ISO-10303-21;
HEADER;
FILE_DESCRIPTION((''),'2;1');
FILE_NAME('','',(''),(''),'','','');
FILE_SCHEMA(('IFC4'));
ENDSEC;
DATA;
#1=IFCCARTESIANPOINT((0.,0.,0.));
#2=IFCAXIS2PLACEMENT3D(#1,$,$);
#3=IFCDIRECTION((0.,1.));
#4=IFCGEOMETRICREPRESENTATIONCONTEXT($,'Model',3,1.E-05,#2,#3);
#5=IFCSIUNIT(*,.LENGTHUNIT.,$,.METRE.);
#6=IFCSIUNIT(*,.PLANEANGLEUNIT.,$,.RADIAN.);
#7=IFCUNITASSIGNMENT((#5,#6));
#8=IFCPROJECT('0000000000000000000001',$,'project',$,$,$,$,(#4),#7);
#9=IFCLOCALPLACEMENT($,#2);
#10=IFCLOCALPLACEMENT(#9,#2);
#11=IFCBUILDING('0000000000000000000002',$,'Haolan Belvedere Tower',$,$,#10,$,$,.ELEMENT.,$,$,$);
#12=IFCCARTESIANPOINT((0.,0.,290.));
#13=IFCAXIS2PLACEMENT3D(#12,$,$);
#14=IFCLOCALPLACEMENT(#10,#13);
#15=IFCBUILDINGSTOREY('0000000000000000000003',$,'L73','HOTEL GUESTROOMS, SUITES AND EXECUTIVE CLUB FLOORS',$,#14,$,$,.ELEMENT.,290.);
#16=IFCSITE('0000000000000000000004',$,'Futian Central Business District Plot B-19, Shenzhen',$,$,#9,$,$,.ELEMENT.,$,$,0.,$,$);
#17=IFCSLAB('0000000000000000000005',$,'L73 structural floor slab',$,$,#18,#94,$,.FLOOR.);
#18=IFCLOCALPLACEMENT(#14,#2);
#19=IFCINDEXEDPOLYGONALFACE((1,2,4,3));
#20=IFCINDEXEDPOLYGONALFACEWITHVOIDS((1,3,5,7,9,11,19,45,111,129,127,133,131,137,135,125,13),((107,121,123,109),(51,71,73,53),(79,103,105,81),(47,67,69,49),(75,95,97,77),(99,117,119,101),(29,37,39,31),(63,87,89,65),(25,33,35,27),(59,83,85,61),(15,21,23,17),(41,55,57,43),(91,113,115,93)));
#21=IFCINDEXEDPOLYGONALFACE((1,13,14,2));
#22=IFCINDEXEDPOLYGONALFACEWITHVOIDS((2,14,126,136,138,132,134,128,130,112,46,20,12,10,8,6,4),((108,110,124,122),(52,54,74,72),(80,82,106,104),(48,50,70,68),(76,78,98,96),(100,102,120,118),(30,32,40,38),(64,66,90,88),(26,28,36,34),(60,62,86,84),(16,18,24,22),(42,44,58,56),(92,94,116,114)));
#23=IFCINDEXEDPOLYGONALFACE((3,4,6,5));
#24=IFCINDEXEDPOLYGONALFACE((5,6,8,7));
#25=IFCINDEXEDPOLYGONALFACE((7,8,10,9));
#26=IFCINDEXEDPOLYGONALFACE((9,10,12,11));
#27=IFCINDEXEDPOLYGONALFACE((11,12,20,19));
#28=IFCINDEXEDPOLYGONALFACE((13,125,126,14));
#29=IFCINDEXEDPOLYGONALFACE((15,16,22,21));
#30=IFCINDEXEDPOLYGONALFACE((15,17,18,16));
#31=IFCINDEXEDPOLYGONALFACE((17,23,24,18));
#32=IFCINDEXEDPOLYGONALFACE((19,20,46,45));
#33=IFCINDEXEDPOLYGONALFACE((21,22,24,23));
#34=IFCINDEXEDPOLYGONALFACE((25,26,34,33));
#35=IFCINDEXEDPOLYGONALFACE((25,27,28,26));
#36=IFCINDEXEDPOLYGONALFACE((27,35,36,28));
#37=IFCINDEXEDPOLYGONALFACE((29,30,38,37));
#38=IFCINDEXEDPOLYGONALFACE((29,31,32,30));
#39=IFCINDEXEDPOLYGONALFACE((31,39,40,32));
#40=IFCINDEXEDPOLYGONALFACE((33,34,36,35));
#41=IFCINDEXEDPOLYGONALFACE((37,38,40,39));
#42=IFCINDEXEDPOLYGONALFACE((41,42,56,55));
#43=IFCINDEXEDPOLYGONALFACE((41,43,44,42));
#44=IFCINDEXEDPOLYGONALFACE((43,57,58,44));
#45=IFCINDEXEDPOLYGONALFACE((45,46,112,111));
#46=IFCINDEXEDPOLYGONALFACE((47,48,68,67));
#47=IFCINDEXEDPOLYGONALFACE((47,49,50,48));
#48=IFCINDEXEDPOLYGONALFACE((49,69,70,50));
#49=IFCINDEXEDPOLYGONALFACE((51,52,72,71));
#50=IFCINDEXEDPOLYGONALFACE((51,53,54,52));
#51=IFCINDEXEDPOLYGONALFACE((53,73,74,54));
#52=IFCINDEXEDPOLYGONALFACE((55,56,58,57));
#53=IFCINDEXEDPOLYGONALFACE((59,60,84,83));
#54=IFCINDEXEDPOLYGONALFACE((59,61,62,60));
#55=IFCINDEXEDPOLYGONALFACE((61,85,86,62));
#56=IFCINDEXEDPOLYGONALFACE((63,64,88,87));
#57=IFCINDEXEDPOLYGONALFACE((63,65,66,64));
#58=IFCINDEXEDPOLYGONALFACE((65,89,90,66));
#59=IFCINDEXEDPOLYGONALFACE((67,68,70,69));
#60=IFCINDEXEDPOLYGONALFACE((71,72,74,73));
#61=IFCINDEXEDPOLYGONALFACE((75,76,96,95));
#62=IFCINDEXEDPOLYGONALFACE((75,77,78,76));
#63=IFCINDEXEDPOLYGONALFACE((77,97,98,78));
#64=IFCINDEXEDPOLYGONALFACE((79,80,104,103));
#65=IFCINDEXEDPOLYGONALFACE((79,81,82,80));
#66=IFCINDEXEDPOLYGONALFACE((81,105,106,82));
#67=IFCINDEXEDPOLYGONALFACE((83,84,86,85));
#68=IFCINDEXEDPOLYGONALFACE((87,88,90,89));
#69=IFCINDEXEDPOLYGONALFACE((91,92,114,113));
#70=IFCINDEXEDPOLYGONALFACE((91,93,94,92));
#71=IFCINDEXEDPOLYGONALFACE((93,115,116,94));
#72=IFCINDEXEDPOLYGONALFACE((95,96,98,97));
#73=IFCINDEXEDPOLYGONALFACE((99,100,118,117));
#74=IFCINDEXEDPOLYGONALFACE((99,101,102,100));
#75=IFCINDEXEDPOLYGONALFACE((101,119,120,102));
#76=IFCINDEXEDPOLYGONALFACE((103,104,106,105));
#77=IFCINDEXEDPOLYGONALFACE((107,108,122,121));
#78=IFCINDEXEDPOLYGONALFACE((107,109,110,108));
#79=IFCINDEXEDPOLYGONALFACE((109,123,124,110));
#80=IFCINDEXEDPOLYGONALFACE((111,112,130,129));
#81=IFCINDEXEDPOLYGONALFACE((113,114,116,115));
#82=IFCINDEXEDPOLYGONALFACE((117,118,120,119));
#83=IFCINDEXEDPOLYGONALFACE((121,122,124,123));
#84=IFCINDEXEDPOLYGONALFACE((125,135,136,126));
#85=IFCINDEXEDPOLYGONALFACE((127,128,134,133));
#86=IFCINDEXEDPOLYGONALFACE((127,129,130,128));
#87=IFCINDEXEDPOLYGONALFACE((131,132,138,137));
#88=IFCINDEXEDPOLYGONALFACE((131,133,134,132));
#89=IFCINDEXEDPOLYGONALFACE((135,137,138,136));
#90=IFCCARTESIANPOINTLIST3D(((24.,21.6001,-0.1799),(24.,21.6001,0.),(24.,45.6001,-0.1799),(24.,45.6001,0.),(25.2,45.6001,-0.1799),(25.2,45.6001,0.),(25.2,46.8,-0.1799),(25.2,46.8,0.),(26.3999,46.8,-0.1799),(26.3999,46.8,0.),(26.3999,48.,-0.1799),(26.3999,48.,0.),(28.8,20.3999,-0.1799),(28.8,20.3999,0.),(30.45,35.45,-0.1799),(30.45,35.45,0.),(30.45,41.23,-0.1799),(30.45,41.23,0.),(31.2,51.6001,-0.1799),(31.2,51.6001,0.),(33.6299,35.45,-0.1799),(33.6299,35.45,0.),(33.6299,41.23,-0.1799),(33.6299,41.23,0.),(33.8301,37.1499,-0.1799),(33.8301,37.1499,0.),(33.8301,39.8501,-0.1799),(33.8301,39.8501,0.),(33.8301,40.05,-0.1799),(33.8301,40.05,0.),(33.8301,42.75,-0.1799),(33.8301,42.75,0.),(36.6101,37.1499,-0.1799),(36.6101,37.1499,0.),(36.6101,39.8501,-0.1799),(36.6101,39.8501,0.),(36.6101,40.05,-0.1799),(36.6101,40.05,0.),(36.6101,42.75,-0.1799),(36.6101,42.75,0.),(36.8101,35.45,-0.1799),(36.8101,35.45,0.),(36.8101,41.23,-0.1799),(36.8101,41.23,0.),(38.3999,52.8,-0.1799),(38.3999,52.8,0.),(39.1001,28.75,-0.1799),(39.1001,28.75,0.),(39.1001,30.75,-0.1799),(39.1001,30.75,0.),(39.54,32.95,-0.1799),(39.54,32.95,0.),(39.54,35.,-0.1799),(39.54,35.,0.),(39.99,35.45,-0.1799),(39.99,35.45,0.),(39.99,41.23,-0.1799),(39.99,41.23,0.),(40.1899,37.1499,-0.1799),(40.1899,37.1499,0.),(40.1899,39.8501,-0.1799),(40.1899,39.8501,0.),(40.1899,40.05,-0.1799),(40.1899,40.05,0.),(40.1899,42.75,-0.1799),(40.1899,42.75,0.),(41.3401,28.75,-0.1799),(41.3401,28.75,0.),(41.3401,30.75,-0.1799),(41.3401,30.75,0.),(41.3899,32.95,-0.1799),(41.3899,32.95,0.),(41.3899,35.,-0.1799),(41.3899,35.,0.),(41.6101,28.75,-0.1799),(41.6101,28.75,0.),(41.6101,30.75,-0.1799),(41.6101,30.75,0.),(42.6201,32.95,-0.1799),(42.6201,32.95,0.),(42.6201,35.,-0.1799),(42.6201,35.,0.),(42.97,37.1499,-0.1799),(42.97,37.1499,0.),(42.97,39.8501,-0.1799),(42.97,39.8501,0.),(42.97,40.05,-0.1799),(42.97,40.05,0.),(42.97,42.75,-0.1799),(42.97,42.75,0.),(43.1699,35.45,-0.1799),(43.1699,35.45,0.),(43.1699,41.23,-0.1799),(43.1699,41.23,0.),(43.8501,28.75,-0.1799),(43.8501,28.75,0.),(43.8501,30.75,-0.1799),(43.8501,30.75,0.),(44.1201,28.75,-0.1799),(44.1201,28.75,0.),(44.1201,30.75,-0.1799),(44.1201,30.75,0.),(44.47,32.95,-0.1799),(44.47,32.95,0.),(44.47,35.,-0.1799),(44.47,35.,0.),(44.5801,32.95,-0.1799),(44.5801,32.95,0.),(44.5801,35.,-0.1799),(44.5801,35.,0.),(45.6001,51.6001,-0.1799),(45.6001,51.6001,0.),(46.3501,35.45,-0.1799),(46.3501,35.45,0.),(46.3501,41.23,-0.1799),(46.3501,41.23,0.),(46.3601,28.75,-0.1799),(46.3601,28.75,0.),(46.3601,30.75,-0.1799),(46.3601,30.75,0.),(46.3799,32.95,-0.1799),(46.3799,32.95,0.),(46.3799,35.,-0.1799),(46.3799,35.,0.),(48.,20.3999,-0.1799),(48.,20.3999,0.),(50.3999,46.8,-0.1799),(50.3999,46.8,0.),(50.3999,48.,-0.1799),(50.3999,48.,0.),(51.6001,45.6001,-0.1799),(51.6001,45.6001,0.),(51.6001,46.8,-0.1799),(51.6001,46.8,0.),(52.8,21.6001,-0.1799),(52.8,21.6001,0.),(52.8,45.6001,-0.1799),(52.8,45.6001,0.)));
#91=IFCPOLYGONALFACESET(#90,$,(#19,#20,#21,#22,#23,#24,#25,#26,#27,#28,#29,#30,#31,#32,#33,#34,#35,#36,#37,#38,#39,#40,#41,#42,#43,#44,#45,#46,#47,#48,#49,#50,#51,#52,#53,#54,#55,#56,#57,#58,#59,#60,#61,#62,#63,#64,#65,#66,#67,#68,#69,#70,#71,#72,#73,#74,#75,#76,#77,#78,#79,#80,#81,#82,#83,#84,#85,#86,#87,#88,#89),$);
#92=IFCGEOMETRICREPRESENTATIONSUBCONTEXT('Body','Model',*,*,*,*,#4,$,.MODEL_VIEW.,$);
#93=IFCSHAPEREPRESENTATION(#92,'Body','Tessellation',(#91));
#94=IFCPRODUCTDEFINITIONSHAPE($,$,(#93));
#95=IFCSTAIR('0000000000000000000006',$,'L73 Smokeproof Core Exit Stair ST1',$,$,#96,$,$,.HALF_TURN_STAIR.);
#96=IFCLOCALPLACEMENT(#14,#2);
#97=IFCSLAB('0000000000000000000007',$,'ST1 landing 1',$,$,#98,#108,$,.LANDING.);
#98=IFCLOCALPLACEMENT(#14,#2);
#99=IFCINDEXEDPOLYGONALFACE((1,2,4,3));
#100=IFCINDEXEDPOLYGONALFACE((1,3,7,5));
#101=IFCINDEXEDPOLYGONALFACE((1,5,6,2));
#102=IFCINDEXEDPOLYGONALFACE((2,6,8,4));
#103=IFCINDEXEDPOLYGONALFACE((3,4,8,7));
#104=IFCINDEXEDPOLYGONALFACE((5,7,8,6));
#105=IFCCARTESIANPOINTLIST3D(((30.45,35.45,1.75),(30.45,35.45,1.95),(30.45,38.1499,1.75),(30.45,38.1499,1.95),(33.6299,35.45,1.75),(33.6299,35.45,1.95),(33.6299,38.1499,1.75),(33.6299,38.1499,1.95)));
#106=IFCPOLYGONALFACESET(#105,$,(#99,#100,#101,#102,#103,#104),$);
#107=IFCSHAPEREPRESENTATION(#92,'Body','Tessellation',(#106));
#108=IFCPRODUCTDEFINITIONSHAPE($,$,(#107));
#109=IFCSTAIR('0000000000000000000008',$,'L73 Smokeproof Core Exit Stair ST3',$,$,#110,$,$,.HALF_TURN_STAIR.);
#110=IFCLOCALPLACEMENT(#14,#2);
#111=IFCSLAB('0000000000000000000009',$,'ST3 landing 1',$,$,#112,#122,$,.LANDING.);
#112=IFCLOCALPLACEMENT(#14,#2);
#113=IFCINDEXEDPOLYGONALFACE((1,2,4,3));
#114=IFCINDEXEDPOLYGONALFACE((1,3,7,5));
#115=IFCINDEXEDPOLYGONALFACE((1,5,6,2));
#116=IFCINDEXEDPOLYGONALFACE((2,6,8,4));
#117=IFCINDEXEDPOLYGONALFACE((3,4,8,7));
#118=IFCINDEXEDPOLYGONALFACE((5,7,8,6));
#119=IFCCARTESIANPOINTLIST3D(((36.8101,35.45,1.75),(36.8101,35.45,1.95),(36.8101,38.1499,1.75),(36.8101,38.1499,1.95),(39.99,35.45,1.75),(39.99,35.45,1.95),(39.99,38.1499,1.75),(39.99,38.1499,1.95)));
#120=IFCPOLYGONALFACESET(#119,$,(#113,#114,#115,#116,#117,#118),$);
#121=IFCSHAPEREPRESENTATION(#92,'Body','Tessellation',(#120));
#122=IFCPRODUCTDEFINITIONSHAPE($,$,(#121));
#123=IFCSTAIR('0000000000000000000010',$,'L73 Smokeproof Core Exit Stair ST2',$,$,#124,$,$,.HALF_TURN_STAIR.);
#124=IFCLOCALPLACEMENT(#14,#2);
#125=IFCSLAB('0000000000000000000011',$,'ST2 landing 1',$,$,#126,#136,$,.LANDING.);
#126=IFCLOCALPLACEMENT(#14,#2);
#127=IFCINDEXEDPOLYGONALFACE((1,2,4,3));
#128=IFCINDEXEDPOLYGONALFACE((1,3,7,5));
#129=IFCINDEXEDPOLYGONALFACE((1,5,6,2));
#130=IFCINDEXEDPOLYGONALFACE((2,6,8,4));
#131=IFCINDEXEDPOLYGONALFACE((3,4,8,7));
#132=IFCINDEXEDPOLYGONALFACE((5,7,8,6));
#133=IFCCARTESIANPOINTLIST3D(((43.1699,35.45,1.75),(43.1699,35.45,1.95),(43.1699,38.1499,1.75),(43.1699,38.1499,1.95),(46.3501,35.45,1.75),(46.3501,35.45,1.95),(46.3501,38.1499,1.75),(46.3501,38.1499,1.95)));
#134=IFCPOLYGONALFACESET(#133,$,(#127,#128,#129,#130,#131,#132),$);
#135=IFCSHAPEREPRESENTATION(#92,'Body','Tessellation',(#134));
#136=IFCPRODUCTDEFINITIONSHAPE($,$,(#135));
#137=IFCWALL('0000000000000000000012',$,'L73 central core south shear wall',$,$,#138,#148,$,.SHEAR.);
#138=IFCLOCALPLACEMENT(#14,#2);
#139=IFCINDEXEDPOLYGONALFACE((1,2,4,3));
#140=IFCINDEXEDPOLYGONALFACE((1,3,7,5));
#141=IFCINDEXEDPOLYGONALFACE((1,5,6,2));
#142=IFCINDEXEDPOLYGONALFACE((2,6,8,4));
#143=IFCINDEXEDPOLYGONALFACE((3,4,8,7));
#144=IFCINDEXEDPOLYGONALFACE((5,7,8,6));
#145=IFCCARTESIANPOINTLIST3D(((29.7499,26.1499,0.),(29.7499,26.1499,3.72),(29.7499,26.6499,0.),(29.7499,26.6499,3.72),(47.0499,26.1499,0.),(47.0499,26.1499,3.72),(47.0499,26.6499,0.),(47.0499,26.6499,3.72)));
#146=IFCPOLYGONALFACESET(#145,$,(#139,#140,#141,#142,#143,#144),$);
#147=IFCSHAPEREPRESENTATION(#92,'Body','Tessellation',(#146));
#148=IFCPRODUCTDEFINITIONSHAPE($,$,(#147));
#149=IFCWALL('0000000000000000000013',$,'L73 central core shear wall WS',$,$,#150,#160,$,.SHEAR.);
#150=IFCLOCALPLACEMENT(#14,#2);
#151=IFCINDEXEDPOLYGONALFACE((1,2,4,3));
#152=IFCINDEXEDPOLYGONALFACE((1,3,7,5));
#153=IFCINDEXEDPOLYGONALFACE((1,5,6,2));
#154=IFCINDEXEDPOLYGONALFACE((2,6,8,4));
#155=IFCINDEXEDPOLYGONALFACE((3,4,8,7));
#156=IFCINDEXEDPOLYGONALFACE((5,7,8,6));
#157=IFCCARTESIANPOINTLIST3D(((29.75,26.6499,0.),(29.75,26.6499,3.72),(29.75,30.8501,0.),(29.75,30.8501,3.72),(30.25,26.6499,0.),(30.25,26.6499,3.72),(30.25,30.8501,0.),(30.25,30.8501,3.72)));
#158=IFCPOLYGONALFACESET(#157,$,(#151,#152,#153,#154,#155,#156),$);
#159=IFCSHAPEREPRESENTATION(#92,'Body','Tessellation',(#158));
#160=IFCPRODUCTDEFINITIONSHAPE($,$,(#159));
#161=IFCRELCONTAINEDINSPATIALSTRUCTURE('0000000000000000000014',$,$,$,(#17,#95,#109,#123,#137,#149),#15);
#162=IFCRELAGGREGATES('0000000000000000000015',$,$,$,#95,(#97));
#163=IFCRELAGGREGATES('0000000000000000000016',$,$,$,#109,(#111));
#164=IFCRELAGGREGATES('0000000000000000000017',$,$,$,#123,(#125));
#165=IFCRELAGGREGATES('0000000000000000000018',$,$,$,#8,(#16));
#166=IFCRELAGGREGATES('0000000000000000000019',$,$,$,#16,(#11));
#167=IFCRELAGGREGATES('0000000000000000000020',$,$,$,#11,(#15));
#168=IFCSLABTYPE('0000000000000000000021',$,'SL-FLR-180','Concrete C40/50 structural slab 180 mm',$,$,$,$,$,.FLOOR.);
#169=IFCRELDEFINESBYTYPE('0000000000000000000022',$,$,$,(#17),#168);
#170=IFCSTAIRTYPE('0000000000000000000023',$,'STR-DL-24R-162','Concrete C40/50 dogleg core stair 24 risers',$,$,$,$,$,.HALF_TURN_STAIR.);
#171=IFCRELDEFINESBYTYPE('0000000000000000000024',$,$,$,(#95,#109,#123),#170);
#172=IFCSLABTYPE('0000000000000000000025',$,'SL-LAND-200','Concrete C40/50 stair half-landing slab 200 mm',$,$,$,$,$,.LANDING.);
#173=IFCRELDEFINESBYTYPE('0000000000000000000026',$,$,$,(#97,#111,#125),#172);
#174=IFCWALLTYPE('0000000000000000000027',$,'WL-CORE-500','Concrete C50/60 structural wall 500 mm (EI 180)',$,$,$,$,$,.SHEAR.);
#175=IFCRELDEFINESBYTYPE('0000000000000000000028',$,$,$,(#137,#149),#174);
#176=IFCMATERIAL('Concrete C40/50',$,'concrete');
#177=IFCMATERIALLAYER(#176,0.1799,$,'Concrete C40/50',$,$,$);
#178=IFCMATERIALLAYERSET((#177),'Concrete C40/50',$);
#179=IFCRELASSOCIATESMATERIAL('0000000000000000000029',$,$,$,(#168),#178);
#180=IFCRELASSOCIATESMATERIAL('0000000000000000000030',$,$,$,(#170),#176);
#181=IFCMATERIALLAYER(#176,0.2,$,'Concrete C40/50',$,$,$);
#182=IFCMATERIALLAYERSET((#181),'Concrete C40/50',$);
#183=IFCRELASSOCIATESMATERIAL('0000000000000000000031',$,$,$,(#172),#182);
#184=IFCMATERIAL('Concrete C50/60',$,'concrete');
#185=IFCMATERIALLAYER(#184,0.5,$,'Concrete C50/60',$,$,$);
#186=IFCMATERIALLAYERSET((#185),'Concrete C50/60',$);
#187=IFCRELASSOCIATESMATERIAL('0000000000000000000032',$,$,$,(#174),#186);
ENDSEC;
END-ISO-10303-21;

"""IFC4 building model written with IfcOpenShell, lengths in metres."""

from ifc_helpers import new_model, si_unit, direction, frame, frame_2d, origin, place, context, subcontext, project, spatial, polyline, rectangle, outline, extrude, material, layer, layer_set, type_object, element, aggregate, save


model = new_model("IFC4")

# Units and contexts
model_context = context("Model", 3, precision=1e-05, world=origin(), true_north=direction((0.0, 1.0)))
body_context = subcontext(model_context, "Body", "Model", "MODEL_VIEW")
ifc_project = project(units=[si_unit("LENGTHUNIT", "METRE"), si_unit("PLANEANGLEUNIT", "RADIAN")], contexts=[model_context])

# Site, building, storey
site_placement = place(None, origin())
site = spatial("IfcSite", under=ifc_project, at=site_placement, Name="Futian Central Business District Plot B-19, Shenzhen", CompositionType="ELEMENT", RefElevation=0.0)
building_placement = place(site_placement, origin())
building = spatial("IfcBuilding", under=site, at=building_placement, Name="Haolan Belvedere Tower", CompositionType="ELEMENT")
storey_placement = place(building_placement, frame((0.0, 0.0, 290.0)))
storey = spatial("IfcBuildingStorey", under=building, at=storey_placement, Name="L73", Description="HOTEL GUESTROOMS, SUITES AND EXECUTIVE CLUB FLOORS", CompositionType="ELEMENT", Elevation=290.0)

# Slab
ifc_material_1 = material(Name="Concrete C40/50", Category="concrete")
ifc_layer_1 = layer(ifc_material_1, 0.1799, Name="Concrete C40/50")
ifc_layer_set_1 = layer_set([ifc_layer_1], Name="Concrete C40/50")
slab_type_1 = type_object("IfcSlabType", Name="SL-FLR-180", Description="Concrete C40/50 structural slab 180 mm", PredefinedType="FLOOR", material=ifc_layer_set_1)
slab_1_placement = place(storey_placement, frame((0.0, 0.0, -0.1799)))
element("IfcSlab", 1, at=slab_1_placement, inside=storey, type_object=slab_type_1, Name="L73 structural floor slab", PredefinedType="FLOOR", context=body_context, shape_type="SweptSolid", body=[
    extrude(outline(polyline([(24.0, 21.6001), (28.8, 20.3999), (48.0, 20.3999), (52.8, 21.6001), (52.8, 45.6001), (52.8, 45.6001), (51.6001, 45.6001), (51.6001, 46.8), (50.3999, 46.8), (50.3999, 48.0), (45.6001, 51.6001), (38.3999, 52.8), (31.2, 51.6001), (26.3999, 48.0), (26.3999, 46.8), (25.2, 46.8), (25.2, 45.6001), (24.0, 45.6001), (24.0, 45.6001), (24.0, 21.6001)]), holes=[polyline([(30.45, 41.23), (30.45, 35.45), (33.6299, 35.45), (33.6299, 41.23), (30.45, 41.23)]), polyline([(36.8101, 41.23), (36.8101, 35.45), (39.99, 35.45), (39.99, 41.23), (36.8101, 41.23)]), polyline([(43.1699, 41.23), (43.1699, 35.45), (46.3501, 35.45), (46.3501, 41.23), (43.1699, 41.23)]), polyline([(33.8301, 40.05), (36.6101, 40.05), (36.6101, 42.75), (33.8301, 42.75), (33.8301, 40.05)]), polyline([(33.8301, 37.1499), (36.6101, 37.1499), (36.6101, 39.8501), (33.8301, 39.8501), (33.8301, 37.1499)]), polyline([(40.1899, 40.05), (42.97, 40.05), (42.97, 42.75), (40.1899, 42.75), (40.1899, 40.05)]), polyline([(40.1899, 37.1499), (42.97, 37.1499), (42.97, 39.8501), (40.1899, 39.8501), (40.1899, 37.1499)]), polyline([(39.54, 32.95), (41.3899, 32.95), (41.3899, 35.0), (39.54, 35.0), (39.54, 32.95)]), polyline([(42.6201, 32.95), (44.47, 32.95), (44.47, 35.0), (42.6201, 35.0), (42.6201, 32.95)]), polyline([(44.5801, 32.95), (46.3799, 32.95), (46.3799, 35.0), (44.5801, 35.0), (44.5801, 32.95)]), polyline([(39.1001, 28.75), (41.3401, 28.75), (41.3401, 30.75), (39.1001, 30.75), (39.1001, 28.75)]), polyline([(41.6101, 28.75), (43.8501, 28.75), (43.8501, 30.75), (41.6101, 30.75), (41.6101, 28.75)]), polyline([(44.1201, 28.75), (46.3601, 28.75), (46.3601, 30.75), (44.1201, 30.75), (44.1201, 28.75)])]), origin(), (0.0, 0.0, 1.0), 0.1799),
])

# Stairs, slabs
stair_type = type_object("IfcStairType", Name="STR-DL-24R-162", Description="Concrete C40/50 dogleg core stair 24 risers", PredefinedType="HALF_TURN_STAIR", material=ifc_material_1)
stair_1_placement = place(storey_placement, origin())
stair_1 = element("IfcStair", 2, at=stair_1_placement, inside=storey, type_object=stair_type, Name="L73 Smokeproof Core Exit Stair ST1", PredefinedType="HALF_TURN_STAIR")
ifc_layer_2 = layer(ifc_material_1, 0.2, Name="Concrete C40/50")
ifc_layer_set_2 = layer_set([ifc_layer_2], Name="Concrete C40/50")
slab_type_2 = type_object("IfcSlabType", Name="SL-LAND-200", Description="Concrete C40/50 stair half-landing slab 200 mm", PredefinedType="LANDING", material=ifc_layer_set_2)
slab_2_placement = place(storey_placement, frame((0.0, 0.0, 1.75)))
slab_2 = element("IfcSlab", 3, at=slab_2_placement, type_object=slab_type_2, Name="ST1 landing 1", PredefinedType="LANDING", context=body_context, shape_type="SweptSolid", body=[
    extrude(outline(polyline([(30.45, 38.1499), (30.45, 35.45), (33.6299, 35.45), (33.6299, 38.1499), (30.45, 38.1499)])), origin(), (0.0, 0.0, 1.0), 0.2),
])
aggregate(stair_1, [slab_2])
stair_2_placement = place(storey_placement, origin())
stair_2 = element("IfcStair", 4, at=stair_2_placement, inside=storey, type_object=stair_type, Name="L73 Smokeproof Core Exit Stair ST3", PredefinedType="HALF_TURN_STAIR")
slab_3_placement = place(storey_placement, frame((0.0, 0.0, 1.75)))
slab_3 = element("IfcSlab", 5, at=slab_3_placement, type_object=slab_type_2, Name="ST3 landing 1", PredefinedType="LANDING", context=body_context, shape_type="SweptSolid", body=[
    extrude(outline(polyline([(36.8101, 38.1499), (36.8101, 35.45), (39.99, 35.45), (39.99, 38.1499), (36.8101, 38.1499)])), origin(), (0.0, 0.0, 1.0), 0.2),
])
aggregate(stair_2, [slab_3])
stair_3_placement = place(storey_placement, origin())
stair_3 = element("IfcStair", 6, at=stair_3_placement, inside=storey, type_object=stair_type, Name="L73 Smokeproof Core Exit Stair ST2", PredefinedType="HALF_TURN_STAIR")
slab_4_placement = place(storey_placement, frame((0.0, 0.0, 1.75)))
slab_4 = element("IfcSlab", 7, at=slab_4_placement, type_object=slab_type_2, Name="ST2 landing 1", PredefinedType="LANDING", context=body_context, shape_type="SweptSolid", body=[
    extrude(outline(polyline([(43.1699, 38.1499), (43.1699, 35.45), (46.3501, 35.45), (46.3501, 38.1499), (43.1699, 38.1499)])), origin(), (0.0, 0.0, 1.0), 0.2),
])
aggregate(stair_3, [slab_4])

# Walls
ifc_material_2 = material(Name="Concrete C50/60", Category="concrete")
ifc_layer_3 = layer(ifc_material_2, 0.5, Name="Concrete C50/60")
ifc_layer_set_3 = layer_set([ifc_layer_3], Name="Concrete C50/60")
wall_type_1 = type_object("IfcWallType", Name="WL-CORE-500", Description="Concrete C50/60 structural wall 500 mm (EI 180)", PredefinedType="SHEAR", material=ifc_layer_set_3)
wall_1_placement = place(storey_placement, frame((29.75, 26.3999, 0.0), z_axis=(0.0, 0.0, 1.0), x_axis=(1.0, 0.0, 0.0)))
element("IfcWall", 8, at=wall_1_placement, inside=storey, type_object=wall_type_1, Name="L73 central core south shear wall", PredefinedType="SHEAR", context=body_context, shape_type="SweptSolid", body=[
    extrude(rectangle(XDim=17.3, YDim=0.5, at=frame_2d((8.6499, 0.0))), origin(), (0.0, 0.0, 1.0), 3.72),
])
wall_2_placement = place(storey_placement, frame((30.0, 26.6499, 0.0), z_axis=(0.0, 0.0, 1.0), x_axis=(0.0, 1.0, 0.0)))
element("IfcWall", 9, at=wall_2_placement, inside=storey, type_object=wall_type_1, Name="L73 central core shear wall WS", PredefinedType="SHEAR", context=body_context, shape_type="SweptSolid", body=[
    extrude(rectangle(XDim=4.2002, YDim=0.5, at=frame_2d((2.1001, 0.0))), origin(), (0.0, 0.0, 1.0), 3.72),
])

save(model, "model.ifc")
